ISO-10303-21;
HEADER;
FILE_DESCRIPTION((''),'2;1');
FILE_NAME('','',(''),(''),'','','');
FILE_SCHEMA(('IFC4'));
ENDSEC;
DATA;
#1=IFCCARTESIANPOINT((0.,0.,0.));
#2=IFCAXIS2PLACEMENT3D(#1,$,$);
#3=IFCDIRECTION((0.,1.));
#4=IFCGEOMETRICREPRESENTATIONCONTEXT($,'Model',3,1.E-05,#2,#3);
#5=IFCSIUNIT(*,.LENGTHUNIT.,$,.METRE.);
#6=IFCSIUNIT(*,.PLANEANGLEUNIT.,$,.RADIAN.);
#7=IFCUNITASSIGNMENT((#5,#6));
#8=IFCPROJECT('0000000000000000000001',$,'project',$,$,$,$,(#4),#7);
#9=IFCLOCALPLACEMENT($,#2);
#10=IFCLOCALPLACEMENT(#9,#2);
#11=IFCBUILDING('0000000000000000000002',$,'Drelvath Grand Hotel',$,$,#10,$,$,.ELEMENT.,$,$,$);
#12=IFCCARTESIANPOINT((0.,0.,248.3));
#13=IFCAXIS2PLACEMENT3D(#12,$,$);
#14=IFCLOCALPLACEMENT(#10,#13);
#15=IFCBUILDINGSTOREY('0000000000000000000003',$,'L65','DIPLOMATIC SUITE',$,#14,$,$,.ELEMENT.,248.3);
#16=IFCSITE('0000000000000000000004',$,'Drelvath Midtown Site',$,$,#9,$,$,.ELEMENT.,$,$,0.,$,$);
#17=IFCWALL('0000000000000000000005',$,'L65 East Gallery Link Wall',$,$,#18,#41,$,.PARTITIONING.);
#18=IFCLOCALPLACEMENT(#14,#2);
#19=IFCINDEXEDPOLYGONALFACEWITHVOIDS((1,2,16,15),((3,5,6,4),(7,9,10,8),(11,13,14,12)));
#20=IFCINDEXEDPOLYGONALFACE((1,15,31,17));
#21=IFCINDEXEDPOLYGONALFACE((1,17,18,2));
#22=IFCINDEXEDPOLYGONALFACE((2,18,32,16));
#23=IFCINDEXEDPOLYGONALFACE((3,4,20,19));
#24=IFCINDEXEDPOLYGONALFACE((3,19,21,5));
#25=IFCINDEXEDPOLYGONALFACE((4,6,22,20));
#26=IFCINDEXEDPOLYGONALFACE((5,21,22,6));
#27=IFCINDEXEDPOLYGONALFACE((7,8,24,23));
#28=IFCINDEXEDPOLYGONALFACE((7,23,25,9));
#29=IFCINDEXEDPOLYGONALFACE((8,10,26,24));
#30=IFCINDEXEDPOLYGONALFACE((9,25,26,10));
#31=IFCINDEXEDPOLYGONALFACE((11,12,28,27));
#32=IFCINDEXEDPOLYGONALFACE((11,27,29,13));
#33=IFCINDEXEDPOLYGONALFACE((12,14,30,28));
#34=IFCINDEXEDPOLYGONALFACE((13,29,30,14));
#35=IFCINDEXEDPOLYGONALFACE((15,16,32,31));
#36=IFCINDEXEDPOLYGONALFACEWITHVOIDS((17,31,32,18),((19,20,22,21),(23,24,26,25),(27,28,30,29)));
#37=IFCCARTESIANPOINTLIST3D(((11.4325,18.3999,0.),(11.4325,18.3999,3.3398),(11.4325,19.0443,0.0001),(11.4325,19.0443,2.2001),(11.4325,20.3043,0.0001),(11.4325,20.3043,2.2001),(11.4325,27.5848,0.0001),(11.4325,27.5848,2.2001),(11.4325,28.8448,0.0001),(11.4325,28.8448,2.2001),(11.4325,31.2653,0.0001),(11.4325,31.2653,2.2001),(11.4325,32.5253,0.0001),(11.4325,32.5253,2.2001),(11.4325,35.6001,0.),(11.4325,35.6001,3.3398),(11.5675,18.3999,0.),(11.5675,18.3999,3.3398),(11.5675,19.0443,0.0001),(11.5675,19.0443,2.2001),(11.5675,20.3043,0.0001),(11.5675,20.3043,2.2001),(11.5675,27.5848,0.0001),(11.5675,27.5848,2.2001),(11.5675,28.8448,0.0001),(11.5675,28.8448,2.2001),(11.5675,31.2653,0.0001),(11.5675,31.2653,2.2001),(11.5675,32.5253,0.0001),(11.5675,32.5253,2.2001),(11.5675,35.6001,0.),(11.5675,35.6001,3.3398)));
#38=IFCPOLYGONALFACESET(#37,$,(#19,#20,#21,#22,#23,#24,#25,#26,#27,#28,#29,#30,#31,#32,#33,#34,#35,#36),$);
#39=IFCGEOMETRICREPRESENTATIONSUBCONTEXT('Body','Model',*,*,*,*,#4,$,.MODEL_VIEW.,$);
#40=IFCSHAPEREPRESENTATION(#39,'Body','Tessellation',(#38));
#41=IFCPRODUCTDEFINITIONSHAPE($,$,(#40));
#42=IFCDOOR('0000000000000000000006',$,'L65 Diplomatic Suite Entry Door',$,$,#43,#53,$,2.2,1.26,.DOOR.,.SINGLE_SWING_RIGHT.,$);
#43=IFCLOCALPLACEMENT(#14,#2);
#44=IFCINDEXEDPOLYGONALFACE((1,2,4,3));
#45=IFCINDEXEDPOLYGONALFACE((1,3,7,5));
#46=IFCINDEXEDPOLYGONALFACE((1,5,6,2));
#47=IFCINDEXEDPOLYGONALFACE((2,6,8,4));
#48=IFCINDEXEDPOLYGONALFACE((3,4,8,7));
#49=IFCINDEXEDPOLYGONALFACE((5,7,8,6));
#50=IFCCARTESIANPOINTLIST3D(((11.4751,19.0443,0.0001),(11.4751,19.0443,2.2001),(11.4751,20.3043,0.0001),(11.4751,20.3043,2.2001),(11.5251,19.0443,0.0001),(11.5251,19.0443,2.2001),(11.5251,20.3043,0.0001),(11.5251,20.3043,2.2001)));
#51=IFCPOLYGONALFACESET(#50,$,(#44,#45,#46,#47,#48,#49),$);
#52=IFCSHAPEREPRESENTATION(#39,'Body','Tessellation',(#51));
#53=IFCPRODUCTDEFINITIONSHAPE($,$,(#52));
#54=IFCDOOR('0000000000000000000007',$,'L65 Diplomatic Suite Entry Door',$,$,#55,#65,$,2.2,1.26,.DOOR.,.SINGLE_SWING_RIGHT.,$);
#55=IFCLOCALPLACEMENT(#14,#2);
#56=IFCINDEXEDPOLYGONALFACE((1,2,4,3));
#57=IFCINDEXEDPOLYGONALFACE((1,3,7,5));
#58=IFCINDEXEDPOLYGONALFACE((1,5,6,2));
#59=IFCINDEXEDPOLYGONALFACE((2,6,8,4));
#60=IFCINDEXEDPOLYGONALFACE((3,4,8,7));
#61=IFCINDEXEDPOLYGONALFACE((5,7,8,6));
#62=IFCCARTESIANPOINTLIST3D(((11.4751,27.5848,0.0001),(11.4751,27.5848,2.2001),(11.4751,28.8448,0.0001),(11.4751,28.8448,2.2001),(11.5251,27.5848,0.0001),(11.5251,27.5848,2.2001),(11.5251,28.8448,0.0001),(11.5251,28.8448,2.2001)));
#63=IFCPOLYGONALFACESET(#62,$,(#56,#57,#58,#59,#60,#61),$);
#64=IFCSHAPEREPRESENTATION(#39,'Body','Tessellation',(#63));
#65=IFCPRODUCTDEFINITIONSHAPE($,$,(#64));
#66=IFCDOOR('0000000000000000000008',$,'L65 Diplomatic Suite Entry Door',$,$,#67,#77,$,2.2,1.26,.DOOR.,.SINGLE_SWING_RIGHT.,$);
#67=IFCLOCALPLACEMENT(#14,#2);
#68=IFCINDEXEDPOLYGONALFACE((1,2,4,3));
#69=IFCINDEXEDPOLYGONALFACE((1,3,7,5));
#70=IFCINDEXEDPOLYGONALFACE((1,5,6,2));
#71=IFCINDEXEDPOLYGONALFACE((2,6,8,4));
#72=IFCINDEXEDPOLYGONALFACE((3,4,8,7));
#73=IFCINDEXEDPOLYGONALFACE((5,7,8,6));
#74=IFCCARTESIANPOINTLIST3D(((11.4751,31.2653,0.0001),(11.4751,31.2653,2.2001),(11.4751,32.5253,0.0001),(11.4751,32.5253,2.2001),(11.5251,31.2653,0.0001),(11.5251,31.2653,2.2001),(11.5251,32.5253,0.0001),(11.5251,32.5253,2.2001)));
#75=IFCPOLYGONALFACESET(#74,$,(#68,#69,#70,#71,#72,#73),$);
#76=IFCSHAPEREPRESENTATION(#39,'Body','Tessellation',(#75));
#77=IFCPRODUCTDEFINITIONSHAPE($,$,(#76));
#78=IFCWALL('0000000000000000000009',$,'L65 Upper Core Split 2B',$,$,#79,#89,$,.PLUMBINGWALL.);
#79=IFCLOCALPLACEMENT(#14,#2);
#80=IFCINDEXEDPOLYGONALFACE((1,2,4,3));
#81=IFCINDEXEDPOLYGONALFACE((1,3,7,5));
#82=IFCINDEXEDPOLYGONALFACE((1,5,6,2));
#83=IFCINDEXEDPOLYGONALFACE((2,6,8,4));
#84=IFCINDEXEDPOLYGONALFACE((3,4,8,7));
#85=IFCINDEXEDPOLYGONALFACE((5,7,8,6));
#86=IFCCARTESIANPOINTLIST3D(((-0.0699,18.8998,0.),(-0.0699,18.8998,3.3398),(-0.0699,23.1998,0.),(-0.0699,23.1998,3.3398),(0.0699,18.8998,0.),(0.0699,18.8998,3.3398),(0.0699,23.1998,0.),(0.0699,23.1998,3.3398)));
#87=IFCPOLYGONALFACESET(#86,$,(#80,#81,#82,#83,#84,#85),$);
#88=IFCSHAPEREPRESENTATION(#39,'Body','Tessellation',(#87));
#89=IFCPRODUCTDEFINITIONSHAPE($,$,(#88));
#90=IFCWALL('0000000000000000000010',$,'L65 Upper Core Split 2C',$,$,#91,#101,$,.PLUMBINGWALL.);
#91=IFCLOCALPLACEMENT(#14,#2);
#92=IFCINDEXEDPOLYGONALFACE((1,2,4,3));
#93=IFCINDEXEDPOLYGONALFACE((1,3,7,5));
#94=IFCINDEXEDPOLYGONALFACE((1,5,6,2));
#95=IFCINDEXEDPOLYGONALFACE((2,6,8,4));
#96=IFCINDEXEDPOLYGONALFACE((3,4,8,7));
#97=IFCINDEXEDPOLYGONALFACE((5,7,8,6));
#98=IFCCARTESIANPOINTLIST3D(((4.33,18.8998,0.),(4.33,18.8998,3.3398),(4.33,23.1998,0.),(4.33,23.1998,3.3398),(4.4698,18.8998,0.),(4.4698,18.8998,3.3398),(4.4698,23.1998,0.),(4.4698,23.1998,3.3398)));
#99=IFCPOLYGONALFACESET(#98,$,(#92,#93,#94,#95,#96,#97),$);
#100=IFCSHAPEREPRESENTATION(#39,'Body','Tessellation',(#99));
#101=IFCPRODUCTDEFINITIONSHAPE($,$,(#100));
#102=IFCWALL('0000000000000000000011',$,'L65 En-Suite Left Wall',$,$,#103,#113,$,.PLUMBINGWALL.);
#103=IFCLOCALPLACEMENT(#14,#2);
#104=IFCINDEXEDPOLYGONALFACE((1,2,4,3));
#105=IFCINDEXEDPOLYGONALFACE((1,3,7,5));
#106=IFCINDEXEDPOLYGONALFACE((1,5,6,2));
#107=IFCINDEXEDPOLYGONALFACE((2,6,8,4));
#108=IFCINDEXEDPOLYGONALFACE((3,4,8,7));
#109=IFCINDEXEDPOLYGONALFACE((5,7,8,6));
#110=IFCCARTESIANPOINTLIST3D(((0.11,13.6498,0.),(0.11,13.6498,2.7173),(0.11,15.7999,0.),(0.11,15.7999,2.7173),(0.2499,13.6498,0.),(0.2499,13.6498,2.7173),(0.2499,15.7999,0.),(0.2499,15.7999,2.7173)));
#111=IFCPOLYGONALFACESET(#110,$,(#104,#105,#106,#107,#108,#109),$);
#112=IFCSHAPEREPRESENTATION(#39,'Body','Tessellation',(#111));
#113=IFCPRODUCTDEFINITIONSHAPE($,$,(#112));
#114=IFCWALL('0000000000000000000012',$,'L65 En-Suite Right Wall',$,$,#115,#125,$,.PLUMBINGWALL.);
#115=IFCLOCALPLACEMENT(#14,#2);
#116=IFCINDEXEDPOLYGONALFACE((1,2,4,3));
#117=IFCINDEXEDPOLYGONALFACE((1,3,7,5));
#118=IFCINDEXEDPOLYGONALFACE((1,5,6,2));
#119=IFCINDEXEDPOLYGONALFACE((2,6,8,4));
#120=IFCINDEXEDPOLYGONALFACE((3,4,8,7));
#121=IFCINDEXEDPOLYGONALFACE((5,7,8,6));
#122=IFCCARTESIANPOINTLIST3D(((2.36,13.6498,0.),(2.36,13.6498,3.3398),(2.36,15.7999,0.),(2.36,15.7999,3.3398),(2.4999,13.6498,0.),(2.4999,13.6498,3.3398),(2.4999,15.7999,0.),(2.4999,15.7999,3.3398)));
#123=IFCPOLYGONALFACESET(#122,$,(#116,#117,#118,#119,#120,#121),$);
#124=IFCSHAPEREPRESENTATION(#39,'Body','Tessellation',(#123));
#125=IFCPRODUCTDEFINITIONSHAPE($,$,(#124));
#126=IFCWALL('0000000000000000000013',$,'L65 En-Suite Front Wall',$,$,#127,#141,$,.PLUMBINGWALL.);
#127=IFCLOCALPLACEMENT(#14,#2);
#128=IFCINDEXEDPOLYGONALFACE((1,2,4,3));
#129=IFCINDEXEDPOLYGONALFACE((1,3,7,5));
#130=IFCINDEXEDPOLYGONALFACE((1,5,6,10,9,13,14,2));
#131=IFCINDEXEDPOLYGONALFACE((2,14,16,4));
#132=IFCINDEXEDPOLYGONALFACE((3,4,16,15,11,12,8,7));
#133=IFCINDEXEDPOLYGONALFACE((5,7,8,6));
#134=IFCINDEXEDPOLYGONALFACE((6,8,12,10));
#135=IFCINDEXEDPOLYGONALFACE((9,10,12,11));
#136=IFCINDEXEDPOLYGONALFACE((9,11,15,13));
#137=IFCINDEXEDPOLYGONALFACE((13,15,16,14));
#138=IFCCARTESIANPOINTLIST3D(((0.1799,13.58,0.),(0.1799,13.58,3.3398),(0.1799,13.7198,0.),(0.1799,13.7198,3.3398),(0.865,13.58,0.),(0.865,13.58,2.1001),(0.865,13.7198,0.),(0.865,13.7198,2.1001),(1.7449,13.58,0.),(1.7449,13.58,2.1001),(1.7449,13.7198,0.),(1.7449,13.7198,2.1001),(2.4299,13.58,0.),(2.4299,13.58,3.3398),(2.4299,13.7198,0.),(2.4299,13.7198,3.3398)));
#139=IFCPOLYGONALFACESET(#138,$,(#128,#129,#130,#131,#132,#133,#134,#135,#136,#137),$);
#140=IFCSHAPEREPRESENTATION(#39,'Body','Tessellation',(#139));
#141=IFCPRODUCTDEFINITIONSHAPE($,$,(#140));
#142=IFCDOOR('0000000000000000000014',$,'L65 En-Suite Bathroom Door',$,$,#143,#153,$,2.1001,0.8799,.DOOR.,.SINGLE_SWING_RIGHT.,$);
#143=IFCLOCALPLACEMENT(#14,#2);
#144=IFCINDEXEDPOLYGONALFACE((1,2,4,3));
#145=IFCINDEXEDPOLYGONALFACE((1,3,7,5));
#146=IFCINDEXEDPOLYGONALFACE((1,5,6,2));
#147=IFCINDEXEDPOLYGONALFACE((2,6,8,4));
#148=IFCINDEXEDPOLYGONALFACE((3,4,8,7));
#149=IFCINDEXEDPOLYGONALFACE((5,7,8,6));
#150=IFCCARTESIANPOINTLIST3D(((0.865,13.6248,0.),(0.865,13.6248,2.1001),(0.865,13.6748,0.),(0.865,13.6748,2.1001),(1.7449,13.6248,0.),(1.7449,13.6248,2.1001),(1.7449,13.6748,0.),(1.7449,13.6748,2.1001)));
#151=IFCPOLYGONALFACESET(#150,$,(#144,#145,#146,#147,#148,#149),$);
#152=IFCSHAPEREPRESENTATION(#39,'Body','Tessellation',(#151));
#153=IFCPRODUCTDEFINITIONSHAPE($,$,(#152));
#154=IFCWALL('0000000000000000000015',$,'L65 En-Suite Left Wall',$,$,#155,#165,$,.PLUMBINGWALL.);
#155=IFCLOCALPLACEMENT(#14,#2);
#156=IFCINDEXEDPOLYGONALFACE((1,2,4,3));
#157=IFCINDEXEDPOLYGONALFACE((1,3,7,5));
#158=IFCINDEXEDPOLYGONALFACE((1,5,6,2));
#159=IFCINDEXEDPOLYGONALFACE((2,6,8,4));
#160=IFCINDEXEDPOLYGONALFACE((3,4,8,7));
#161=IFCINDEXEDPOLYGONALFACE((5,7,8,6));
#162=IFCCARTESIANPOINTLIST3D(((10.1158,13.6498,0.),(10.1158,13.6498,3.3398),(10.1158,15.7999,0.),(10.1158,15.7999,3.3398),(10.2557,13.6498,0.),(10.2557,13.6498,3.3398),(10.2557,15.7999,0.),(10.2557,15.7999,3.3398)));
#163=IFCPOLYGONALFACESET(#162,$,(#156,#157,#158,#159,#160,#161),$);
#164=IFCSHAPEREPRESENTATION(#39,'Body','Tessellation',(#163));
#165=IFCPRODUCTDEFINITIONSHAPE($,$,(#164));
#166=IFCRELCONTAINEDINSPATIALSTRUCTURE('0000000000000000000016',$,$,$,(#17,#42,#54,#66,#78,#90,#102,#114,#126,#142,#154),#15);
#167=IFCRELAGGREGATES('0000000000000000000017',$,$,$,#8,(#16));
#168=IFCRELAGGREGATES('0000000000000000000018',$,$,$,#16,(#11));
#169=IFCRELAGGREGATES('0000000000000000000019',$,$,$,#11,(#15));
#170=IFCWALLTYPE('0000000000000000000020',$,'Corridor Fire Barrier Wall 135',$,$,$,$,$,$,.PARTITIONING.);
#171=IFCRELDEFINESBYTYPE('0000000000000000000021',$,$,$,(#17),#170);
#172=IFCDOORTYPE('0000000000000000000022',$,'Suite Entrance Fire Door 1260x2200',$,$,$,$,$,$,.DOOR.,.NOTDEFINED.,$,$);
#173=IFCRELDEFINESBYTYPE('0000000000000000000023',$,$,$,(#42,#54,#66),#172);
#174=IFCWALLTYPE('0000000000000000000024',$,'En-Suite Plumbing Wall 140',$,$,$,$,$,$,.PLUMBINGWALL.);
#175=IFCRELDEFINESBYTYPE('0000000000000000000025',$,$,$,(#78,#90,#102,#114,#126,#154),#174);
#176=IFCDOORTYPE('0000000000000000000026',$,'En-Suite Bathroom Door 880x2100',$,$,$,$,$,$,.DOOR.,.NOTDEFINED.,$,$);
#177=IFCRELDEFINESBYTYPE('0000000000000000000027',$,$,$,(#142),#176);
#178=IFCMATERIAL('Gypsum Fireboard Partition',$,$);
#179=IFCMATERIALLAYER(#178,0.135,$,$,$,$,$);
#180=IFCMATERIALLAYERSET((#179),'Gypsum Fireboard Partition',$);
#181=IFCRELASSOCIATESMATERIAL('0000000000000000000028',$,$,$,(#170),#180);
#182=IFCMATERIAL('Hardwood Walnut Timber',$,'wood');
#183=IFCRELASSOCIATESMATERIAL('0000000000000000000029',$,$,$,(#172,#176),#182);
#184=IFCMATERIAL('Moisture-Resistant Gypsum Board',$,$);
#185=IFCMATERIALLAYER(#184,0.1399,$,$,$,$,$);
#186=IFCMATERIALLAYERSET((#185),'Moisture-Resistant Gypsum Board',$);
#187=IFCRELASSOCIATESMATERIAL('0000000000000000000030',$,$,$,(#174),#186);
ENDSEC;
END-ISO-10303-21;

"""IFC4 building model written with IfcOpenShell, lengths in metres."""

from ifc_helpers import new_model, si_unit, direction, frame, frame_2d, origin, place, context, subcontext, project, spatial, rectangle, extrude, material, layer, layer_set, type_object, element, fill, save


model = new_model("IFC4")

# Units and contexts
model_context = context("Model", 3, precision=1e-05, world=origin(), true_north=direction((0.0, 1.0)))
body_context = subcontext(model_context, "Body", "Model", "MODEL_VIEW")
ifc_project = project(units=[si_unit("LENGTHUNIT", "METRE"), si_unit("PLANEANGLEUNIT", "RADIAN")], contexts=[model_context])

# Site, building, storey
site_placement = place(None, origin())
site = spatial("IfcSite", under=ifc_project, at=site_placement, Name="Drelvath Midtown Site", CompositionType="ELEMENT", RefElevation=0.0)
building_placement = place(site_placement, origin())
building = spatial("IfcBuilding", under=site, at=building_placement, Name="Drelvath Grand Hotel", CompositionType="ELEMENT")
storey_placement = place(building_placement, frame((0.0, 0.0, 248.3)))
storey = spatial("IfcBuildingStorey", under=building, at=storey_placement, Name="L65", Description="DIPLOMATIC SUITE", CompositionType="ELEMENT", Elevation=248.3)

# Shared definitions
ifc_material_1 = material(Name="Gypsum Fireboard Partition")
ifc_layer_1 = layer(ifc_material_1, 0.135)
ifc_layer_set_1 = layer_set([ifc_layer_1], Name="Gypsum Fireboard Partition")
wall_type_1 = type_object("IfcWallType", Name="Corridor Fire Barrier Wall 135", PredefinedType="PARTITIONING", material=ifc_layer_set_1)

# Wall, openings, doors
wall_1_placement = place(storey_placement, frame((11.5, 18.3999, 0.0), z_axis=(0.0, 0.0, 1.0), x_axis=(0.0, 1.0, 0.0)))
wall_1 = element("IfcWall", 1, at=wall_1_placement, inside=storey, type_object=wall_type_1, Name="L65 East Gallery Link Wall", PredefinedType="PARTITIONING", context=body_context, shape_type="SweptSolid", body=[
    extrude(rectangle(XDim=17.2002, YDim=0.135, at=frame_2d((8.6001, 0.0))), origin(), (0.0, 0.0, 1.0), 3.3398),
])
opening_1_placement = place(wall_1_placement, frame((0.6445, 0.0, 0.0)))
opening_1 = element("IfcOpeningElement", 2, at=opening_1_placement, cuts=wall_1, PredefinedType="OPENING", context=body_context, shape_type="SweptSolid", body=[
    extrude(rectangle(XDim=1.26, YDim=2.2, at=frame_2d((0.6299, 1.1001))), frame((0.0, 0.0774, 0.0), z_axis=(0.0, -1.0, 0.0), x_axis=(1.0, 0.0, 0.0)), (0.0, 0.0, 1.0), 0.155),
])
opening_2_placement = place(wall_1_placement, frame((9.1851, 0.0, 0.0)))
opening_2 = element("IfcOpeningElement", 3, at=opening_2_placement, cuts=wall_1, PredefinedType="OPENING", context=body_context, shape_type="SweptSolid", body=[
    extrude(rectangle(XDim=1.26, YDim=2.2, at=frame_2d((0.6299, 1.1001))), frame((0.0, 0.0774, 0.0), z_axis=(0.0, -1.0, 0.0), x_axis=(1.0, 0.0, 0.0)), (0.0, 0.0, 1.0), 0.155),
])
opening_3_placement = place(wall_1_placement, frame((12.8655, 0.0, 0.0)))
opening_3 = element("IfcOpeningElement", 4, at=opening_3_placement, cuts=wall_1, PredefinedType="OPENING", context=body_context, shape_type="SweptSolid", body=[
    extrude(rectangle(XDim=1.26, YDim=2.2, at=frame_2d((0.6299, 1.1001))), frame((0.0, 0.0774, 0.0), z_axis=(0.0, -1.0, 0.0), x_axis=(1.0, 0.0, 0.0)), (0.0, 0.0, 1.0), 0.155),
])
ifc_material_2 = material(Name="Hardwood Walnut Timber", Category="wood")
door_type_1 = type_object("IfcDoorType", Name="Suite Entrance Fire Door 1260x2200", OperationType="NOTDEFINED", PredefinedType="DOOR", material=ifc_material_2)
door_1_placement = place(opening_1_placement, origin())
door_1 = element("IfcDoor", 5, at=door_1_placement, inside=storey, type_object=door_type_1, Name="L65 Diplomatic Suite Entry Door", OperationType="SINGLE_SWING_RIGHT", OverallHeight=2.2, OverallWidth=1.26, PredefinedType="DOOR", context=body_context, shape_type="SweptSolid", body=[
    extrude(rectangle(XDim=1.26, YDim=2.2, at=frame_2d((0.6299, 1.1001))), frame((0.0, 0.0249, 0.0), z_axis=(0.0, -1.0, 0.0), x_axis=(1.0, 0.0, 0.0)), (0.0, 0.0, 1.0), 0.05),
])
fill(opening_1, door_1)
door_2_placement = place(opening_2_placement, origin())
door_2 = element("IfcDoor", 6, at=door_2_placement, inside=storey, type_object=door_type_1, Name="L65 Diplomatic Suite Entry Door", OperationType="SINGLE_SWING_RIGHT", OverallHeight=2.2, OverallWidth=1.26, PredefinedType="DOOR", context=body_context, shape_type="SweptSolid", body=[
    extrude(rectangle(XDim=1.26, YDim=2.2, at=frame_2d((0.6299, 1.1001))), frame((0.0, 0.0249, 0.0), z_axis=(0.0, -1.0, 0.0), x_axis=(1.0, 0.0, 0.0)), (0.0, 0.0, 1.0), 0.05),
])
fill(opening_2, door_2)
door_3_placement = place(opening_3_placement, origin())
door_3 = element("IfcDoor", 7, at=door_3_placement, inside=storey, type_object=door_type_1, Name="L65 Diplomatic Suite Entry Door", OperationType="SINGLE_SWING_RIGHT", OverallHeight=2.2, OverallWidth=1.26, PredefinedType="DOOR", context=body_context, shape_type="SweptSolid", body=[
    extrude(rectangle(XDim=1.26, YDim=2.2, at=frame_2d((0.6299, 1.1001))), frame((0.0, 0.0249, 0.0), z_axis=(0.0, -1.0, 0.0), x_axis=(1.0, 0.0, 0.0)), (0.0, 0.0, 1.0), 0.05),
])
fill(opening_3, door_3)

# Walls
ifc_material_3 = material(Name="Moisture-Resistant Gypsum Board")
ifc_layer_2 = layer(ifc_material_3, 0.1399)
ifc_layer_set_2 = layer_set([ifc_layer_2], Name="Moisture-Resistant Gypsum Board")
wall_type_2 = type_object("IfcWallType", Name="En-Suite Plumbing Wall 140", PredefinedType="PLUMBINGWALL", material=ifc_layer_set_2)
for number, where, z_axis, x_axis, name in (
    (8, (0.0, 18.8999, 0.0), (0.0, 0.0, 1.0), (0.0, 1.0, 0.0), "L65 Upper Core Split 2B"),
    (9, (4.3999, 18.8999, 0.0), (0.0, 0.0, 1.0), (0.0, 1.0, 0.0), "L65 Upper Core Split 2C"),
):
    element("IfcWall", number, at=place(storey_placement, frame(where, z_axis=z_axis, x_axis=x_axis)), inside=storey, type_object=wall_type_2, Name=name, PredefinedType="PLUMBINGWALL", context=body_context, shape_type="SweptSolid", body=[
        extrude(rectangle(XDim=4.3, YDim=0.1399, at=frame_2d((2.1499, 0.0))), origin(), (0.0, 0.0, 1.0), 3.3398),
    ])
wall_2_placement = place(storey_placement, frame((0.1799, 15.8, 0.0), z_axis=(0.0, 0.0, 1.0), x_axis=(0.0, -1.0, 0.0)))
element("IfcWall", 10, at=wall_2_placement, inside=storey, type_object=wall_type_2, Name="L65 En-Suite Left Wall", PredefinedType="PLUMBINGWALL", context=body_context, shape_type="SweptSolid", body=[
    extrude(rectangle(XDim=2.1501, YDim=0.1399, at=frame_2d((1.0752, 0.0))), origin(), (0.0, 0.0, 1.0), 2.7173),
])
wall_3_placement = place(storey_placement, frame((2.4299, 15.8, 0.0), z_axis=(0.0, 0.0, 1.0), x_axis=(0.0, -1.0, 0.0)))
element("IfcWall", 11, at=wall_3_placement, inside=storey, type_object=wall_type_2, Name="L65 En-Suite Right Wall", PredefinedType="PLUMBINGWALL", context=body_context, shape_type="SweptSolid", body=[
    extrude(rectangle(XDim=2.1501, YDim=0.1399, at=frame_2d((1.0752, 0.0))), origin(), (0.0, 0.0, 1.0), 3.3398),
])

# Wall, opening, door
wall_4_placement = place(storey_placement, frame((0.1799, 13.6499, 0.0), z_axis=(0.0, 0.0, 1.0), x_axis=(1.0, 0.0, 0.0)))
wall_4 = element("IfcWall", 12, at=wall_4_placement, inside=storey, type_object=wall_type_2, Name="L65 En-Suite Front Wall", PredefinedType="PLUMBINGWALL", context=body_context, shape_type="SweptSolid", body=[
    extrude(rectangle(XDim=2.25, YDim=0.1399, at=frame_2d((1.125, 0.0))), origin(), (0.0, 0.0, 1.0), 3.3398),
])
opening_4_placement = place(wall_4_placement, frame((0.6851, 0.0, 0.0)))
opening_4 = element("IfcOpeningElement", 13, at=opening_4_placement, cuts=wall_4, PredefinedType="OPENING", context=body_context, shape_type="SweptSolid", body=[
    extrude(rectangle(XDim=0.8799, YDim=2.1001, at=frame_2d((0.4399, 1.05))), frame((0.0, 0.0798, 0.0), z_axis=(0.0, -1.0, 0.0), x_axis=(1.0, 0.0, 0.0)), (0.0, 0.0, 1.0), 0.1599),
])
door_type_2 = type_object("IfcDoorType", Name="En-Suite Bathroom Door 880x2100", OperationType="NOTDEFINED", PredefinedType="DOOR", material=ifc_material_2)
door_4_placement = place(opening_4_placement, origin())
door_4 = element("IfcDoor", 14, at=door_4_placement, inside=storey, type_object=door_type_2, Name="L65 En-Suite Bathroom Door", OperationType="SINGLE_SWING_RIGHT", OverallHeight=2.1001, OverallWidth=0.8799, PredefinedType="DOOR", context=body_context, shape_type="SweptSolid", body=[
    extrude(rectangle(XDim=0.8799, YDim=2.1001, at=frame_2d((0.4399, 1.05))), frame((0.0, 0.0249, 0.0), z_axis=(0.0, -1.0, 0.0), x_axis=(1.0, 0.0, 0.0)), (0.0, 0.0, 1.0), 0.05),
])
fill(opening_4, door_4)

# Wall
wall_5_placement = place(storey_placement, frame((10.1858, 15.8, 0.0), z_axis=(0.0, 0.0, 1.0), x_axis=(0.0, -1.0, 0.0)))
element("IfcWall", 15, at=wall_5_placement, inside=storey, type_object=wall_type_2, Name="L65 En-Suite Left Wall", PredefinedType="PLUMBINGWALL", context=body_context, shape_type="SweptSolid", body=[
    extrude(rectangle(XDim=2.1501, YDim=0.1399, at=frame_2d((1.0752, 0.0))), origin(), (0.0, 0.0, 1.0), 3.3398),
])

save(model, "model.ifc")
